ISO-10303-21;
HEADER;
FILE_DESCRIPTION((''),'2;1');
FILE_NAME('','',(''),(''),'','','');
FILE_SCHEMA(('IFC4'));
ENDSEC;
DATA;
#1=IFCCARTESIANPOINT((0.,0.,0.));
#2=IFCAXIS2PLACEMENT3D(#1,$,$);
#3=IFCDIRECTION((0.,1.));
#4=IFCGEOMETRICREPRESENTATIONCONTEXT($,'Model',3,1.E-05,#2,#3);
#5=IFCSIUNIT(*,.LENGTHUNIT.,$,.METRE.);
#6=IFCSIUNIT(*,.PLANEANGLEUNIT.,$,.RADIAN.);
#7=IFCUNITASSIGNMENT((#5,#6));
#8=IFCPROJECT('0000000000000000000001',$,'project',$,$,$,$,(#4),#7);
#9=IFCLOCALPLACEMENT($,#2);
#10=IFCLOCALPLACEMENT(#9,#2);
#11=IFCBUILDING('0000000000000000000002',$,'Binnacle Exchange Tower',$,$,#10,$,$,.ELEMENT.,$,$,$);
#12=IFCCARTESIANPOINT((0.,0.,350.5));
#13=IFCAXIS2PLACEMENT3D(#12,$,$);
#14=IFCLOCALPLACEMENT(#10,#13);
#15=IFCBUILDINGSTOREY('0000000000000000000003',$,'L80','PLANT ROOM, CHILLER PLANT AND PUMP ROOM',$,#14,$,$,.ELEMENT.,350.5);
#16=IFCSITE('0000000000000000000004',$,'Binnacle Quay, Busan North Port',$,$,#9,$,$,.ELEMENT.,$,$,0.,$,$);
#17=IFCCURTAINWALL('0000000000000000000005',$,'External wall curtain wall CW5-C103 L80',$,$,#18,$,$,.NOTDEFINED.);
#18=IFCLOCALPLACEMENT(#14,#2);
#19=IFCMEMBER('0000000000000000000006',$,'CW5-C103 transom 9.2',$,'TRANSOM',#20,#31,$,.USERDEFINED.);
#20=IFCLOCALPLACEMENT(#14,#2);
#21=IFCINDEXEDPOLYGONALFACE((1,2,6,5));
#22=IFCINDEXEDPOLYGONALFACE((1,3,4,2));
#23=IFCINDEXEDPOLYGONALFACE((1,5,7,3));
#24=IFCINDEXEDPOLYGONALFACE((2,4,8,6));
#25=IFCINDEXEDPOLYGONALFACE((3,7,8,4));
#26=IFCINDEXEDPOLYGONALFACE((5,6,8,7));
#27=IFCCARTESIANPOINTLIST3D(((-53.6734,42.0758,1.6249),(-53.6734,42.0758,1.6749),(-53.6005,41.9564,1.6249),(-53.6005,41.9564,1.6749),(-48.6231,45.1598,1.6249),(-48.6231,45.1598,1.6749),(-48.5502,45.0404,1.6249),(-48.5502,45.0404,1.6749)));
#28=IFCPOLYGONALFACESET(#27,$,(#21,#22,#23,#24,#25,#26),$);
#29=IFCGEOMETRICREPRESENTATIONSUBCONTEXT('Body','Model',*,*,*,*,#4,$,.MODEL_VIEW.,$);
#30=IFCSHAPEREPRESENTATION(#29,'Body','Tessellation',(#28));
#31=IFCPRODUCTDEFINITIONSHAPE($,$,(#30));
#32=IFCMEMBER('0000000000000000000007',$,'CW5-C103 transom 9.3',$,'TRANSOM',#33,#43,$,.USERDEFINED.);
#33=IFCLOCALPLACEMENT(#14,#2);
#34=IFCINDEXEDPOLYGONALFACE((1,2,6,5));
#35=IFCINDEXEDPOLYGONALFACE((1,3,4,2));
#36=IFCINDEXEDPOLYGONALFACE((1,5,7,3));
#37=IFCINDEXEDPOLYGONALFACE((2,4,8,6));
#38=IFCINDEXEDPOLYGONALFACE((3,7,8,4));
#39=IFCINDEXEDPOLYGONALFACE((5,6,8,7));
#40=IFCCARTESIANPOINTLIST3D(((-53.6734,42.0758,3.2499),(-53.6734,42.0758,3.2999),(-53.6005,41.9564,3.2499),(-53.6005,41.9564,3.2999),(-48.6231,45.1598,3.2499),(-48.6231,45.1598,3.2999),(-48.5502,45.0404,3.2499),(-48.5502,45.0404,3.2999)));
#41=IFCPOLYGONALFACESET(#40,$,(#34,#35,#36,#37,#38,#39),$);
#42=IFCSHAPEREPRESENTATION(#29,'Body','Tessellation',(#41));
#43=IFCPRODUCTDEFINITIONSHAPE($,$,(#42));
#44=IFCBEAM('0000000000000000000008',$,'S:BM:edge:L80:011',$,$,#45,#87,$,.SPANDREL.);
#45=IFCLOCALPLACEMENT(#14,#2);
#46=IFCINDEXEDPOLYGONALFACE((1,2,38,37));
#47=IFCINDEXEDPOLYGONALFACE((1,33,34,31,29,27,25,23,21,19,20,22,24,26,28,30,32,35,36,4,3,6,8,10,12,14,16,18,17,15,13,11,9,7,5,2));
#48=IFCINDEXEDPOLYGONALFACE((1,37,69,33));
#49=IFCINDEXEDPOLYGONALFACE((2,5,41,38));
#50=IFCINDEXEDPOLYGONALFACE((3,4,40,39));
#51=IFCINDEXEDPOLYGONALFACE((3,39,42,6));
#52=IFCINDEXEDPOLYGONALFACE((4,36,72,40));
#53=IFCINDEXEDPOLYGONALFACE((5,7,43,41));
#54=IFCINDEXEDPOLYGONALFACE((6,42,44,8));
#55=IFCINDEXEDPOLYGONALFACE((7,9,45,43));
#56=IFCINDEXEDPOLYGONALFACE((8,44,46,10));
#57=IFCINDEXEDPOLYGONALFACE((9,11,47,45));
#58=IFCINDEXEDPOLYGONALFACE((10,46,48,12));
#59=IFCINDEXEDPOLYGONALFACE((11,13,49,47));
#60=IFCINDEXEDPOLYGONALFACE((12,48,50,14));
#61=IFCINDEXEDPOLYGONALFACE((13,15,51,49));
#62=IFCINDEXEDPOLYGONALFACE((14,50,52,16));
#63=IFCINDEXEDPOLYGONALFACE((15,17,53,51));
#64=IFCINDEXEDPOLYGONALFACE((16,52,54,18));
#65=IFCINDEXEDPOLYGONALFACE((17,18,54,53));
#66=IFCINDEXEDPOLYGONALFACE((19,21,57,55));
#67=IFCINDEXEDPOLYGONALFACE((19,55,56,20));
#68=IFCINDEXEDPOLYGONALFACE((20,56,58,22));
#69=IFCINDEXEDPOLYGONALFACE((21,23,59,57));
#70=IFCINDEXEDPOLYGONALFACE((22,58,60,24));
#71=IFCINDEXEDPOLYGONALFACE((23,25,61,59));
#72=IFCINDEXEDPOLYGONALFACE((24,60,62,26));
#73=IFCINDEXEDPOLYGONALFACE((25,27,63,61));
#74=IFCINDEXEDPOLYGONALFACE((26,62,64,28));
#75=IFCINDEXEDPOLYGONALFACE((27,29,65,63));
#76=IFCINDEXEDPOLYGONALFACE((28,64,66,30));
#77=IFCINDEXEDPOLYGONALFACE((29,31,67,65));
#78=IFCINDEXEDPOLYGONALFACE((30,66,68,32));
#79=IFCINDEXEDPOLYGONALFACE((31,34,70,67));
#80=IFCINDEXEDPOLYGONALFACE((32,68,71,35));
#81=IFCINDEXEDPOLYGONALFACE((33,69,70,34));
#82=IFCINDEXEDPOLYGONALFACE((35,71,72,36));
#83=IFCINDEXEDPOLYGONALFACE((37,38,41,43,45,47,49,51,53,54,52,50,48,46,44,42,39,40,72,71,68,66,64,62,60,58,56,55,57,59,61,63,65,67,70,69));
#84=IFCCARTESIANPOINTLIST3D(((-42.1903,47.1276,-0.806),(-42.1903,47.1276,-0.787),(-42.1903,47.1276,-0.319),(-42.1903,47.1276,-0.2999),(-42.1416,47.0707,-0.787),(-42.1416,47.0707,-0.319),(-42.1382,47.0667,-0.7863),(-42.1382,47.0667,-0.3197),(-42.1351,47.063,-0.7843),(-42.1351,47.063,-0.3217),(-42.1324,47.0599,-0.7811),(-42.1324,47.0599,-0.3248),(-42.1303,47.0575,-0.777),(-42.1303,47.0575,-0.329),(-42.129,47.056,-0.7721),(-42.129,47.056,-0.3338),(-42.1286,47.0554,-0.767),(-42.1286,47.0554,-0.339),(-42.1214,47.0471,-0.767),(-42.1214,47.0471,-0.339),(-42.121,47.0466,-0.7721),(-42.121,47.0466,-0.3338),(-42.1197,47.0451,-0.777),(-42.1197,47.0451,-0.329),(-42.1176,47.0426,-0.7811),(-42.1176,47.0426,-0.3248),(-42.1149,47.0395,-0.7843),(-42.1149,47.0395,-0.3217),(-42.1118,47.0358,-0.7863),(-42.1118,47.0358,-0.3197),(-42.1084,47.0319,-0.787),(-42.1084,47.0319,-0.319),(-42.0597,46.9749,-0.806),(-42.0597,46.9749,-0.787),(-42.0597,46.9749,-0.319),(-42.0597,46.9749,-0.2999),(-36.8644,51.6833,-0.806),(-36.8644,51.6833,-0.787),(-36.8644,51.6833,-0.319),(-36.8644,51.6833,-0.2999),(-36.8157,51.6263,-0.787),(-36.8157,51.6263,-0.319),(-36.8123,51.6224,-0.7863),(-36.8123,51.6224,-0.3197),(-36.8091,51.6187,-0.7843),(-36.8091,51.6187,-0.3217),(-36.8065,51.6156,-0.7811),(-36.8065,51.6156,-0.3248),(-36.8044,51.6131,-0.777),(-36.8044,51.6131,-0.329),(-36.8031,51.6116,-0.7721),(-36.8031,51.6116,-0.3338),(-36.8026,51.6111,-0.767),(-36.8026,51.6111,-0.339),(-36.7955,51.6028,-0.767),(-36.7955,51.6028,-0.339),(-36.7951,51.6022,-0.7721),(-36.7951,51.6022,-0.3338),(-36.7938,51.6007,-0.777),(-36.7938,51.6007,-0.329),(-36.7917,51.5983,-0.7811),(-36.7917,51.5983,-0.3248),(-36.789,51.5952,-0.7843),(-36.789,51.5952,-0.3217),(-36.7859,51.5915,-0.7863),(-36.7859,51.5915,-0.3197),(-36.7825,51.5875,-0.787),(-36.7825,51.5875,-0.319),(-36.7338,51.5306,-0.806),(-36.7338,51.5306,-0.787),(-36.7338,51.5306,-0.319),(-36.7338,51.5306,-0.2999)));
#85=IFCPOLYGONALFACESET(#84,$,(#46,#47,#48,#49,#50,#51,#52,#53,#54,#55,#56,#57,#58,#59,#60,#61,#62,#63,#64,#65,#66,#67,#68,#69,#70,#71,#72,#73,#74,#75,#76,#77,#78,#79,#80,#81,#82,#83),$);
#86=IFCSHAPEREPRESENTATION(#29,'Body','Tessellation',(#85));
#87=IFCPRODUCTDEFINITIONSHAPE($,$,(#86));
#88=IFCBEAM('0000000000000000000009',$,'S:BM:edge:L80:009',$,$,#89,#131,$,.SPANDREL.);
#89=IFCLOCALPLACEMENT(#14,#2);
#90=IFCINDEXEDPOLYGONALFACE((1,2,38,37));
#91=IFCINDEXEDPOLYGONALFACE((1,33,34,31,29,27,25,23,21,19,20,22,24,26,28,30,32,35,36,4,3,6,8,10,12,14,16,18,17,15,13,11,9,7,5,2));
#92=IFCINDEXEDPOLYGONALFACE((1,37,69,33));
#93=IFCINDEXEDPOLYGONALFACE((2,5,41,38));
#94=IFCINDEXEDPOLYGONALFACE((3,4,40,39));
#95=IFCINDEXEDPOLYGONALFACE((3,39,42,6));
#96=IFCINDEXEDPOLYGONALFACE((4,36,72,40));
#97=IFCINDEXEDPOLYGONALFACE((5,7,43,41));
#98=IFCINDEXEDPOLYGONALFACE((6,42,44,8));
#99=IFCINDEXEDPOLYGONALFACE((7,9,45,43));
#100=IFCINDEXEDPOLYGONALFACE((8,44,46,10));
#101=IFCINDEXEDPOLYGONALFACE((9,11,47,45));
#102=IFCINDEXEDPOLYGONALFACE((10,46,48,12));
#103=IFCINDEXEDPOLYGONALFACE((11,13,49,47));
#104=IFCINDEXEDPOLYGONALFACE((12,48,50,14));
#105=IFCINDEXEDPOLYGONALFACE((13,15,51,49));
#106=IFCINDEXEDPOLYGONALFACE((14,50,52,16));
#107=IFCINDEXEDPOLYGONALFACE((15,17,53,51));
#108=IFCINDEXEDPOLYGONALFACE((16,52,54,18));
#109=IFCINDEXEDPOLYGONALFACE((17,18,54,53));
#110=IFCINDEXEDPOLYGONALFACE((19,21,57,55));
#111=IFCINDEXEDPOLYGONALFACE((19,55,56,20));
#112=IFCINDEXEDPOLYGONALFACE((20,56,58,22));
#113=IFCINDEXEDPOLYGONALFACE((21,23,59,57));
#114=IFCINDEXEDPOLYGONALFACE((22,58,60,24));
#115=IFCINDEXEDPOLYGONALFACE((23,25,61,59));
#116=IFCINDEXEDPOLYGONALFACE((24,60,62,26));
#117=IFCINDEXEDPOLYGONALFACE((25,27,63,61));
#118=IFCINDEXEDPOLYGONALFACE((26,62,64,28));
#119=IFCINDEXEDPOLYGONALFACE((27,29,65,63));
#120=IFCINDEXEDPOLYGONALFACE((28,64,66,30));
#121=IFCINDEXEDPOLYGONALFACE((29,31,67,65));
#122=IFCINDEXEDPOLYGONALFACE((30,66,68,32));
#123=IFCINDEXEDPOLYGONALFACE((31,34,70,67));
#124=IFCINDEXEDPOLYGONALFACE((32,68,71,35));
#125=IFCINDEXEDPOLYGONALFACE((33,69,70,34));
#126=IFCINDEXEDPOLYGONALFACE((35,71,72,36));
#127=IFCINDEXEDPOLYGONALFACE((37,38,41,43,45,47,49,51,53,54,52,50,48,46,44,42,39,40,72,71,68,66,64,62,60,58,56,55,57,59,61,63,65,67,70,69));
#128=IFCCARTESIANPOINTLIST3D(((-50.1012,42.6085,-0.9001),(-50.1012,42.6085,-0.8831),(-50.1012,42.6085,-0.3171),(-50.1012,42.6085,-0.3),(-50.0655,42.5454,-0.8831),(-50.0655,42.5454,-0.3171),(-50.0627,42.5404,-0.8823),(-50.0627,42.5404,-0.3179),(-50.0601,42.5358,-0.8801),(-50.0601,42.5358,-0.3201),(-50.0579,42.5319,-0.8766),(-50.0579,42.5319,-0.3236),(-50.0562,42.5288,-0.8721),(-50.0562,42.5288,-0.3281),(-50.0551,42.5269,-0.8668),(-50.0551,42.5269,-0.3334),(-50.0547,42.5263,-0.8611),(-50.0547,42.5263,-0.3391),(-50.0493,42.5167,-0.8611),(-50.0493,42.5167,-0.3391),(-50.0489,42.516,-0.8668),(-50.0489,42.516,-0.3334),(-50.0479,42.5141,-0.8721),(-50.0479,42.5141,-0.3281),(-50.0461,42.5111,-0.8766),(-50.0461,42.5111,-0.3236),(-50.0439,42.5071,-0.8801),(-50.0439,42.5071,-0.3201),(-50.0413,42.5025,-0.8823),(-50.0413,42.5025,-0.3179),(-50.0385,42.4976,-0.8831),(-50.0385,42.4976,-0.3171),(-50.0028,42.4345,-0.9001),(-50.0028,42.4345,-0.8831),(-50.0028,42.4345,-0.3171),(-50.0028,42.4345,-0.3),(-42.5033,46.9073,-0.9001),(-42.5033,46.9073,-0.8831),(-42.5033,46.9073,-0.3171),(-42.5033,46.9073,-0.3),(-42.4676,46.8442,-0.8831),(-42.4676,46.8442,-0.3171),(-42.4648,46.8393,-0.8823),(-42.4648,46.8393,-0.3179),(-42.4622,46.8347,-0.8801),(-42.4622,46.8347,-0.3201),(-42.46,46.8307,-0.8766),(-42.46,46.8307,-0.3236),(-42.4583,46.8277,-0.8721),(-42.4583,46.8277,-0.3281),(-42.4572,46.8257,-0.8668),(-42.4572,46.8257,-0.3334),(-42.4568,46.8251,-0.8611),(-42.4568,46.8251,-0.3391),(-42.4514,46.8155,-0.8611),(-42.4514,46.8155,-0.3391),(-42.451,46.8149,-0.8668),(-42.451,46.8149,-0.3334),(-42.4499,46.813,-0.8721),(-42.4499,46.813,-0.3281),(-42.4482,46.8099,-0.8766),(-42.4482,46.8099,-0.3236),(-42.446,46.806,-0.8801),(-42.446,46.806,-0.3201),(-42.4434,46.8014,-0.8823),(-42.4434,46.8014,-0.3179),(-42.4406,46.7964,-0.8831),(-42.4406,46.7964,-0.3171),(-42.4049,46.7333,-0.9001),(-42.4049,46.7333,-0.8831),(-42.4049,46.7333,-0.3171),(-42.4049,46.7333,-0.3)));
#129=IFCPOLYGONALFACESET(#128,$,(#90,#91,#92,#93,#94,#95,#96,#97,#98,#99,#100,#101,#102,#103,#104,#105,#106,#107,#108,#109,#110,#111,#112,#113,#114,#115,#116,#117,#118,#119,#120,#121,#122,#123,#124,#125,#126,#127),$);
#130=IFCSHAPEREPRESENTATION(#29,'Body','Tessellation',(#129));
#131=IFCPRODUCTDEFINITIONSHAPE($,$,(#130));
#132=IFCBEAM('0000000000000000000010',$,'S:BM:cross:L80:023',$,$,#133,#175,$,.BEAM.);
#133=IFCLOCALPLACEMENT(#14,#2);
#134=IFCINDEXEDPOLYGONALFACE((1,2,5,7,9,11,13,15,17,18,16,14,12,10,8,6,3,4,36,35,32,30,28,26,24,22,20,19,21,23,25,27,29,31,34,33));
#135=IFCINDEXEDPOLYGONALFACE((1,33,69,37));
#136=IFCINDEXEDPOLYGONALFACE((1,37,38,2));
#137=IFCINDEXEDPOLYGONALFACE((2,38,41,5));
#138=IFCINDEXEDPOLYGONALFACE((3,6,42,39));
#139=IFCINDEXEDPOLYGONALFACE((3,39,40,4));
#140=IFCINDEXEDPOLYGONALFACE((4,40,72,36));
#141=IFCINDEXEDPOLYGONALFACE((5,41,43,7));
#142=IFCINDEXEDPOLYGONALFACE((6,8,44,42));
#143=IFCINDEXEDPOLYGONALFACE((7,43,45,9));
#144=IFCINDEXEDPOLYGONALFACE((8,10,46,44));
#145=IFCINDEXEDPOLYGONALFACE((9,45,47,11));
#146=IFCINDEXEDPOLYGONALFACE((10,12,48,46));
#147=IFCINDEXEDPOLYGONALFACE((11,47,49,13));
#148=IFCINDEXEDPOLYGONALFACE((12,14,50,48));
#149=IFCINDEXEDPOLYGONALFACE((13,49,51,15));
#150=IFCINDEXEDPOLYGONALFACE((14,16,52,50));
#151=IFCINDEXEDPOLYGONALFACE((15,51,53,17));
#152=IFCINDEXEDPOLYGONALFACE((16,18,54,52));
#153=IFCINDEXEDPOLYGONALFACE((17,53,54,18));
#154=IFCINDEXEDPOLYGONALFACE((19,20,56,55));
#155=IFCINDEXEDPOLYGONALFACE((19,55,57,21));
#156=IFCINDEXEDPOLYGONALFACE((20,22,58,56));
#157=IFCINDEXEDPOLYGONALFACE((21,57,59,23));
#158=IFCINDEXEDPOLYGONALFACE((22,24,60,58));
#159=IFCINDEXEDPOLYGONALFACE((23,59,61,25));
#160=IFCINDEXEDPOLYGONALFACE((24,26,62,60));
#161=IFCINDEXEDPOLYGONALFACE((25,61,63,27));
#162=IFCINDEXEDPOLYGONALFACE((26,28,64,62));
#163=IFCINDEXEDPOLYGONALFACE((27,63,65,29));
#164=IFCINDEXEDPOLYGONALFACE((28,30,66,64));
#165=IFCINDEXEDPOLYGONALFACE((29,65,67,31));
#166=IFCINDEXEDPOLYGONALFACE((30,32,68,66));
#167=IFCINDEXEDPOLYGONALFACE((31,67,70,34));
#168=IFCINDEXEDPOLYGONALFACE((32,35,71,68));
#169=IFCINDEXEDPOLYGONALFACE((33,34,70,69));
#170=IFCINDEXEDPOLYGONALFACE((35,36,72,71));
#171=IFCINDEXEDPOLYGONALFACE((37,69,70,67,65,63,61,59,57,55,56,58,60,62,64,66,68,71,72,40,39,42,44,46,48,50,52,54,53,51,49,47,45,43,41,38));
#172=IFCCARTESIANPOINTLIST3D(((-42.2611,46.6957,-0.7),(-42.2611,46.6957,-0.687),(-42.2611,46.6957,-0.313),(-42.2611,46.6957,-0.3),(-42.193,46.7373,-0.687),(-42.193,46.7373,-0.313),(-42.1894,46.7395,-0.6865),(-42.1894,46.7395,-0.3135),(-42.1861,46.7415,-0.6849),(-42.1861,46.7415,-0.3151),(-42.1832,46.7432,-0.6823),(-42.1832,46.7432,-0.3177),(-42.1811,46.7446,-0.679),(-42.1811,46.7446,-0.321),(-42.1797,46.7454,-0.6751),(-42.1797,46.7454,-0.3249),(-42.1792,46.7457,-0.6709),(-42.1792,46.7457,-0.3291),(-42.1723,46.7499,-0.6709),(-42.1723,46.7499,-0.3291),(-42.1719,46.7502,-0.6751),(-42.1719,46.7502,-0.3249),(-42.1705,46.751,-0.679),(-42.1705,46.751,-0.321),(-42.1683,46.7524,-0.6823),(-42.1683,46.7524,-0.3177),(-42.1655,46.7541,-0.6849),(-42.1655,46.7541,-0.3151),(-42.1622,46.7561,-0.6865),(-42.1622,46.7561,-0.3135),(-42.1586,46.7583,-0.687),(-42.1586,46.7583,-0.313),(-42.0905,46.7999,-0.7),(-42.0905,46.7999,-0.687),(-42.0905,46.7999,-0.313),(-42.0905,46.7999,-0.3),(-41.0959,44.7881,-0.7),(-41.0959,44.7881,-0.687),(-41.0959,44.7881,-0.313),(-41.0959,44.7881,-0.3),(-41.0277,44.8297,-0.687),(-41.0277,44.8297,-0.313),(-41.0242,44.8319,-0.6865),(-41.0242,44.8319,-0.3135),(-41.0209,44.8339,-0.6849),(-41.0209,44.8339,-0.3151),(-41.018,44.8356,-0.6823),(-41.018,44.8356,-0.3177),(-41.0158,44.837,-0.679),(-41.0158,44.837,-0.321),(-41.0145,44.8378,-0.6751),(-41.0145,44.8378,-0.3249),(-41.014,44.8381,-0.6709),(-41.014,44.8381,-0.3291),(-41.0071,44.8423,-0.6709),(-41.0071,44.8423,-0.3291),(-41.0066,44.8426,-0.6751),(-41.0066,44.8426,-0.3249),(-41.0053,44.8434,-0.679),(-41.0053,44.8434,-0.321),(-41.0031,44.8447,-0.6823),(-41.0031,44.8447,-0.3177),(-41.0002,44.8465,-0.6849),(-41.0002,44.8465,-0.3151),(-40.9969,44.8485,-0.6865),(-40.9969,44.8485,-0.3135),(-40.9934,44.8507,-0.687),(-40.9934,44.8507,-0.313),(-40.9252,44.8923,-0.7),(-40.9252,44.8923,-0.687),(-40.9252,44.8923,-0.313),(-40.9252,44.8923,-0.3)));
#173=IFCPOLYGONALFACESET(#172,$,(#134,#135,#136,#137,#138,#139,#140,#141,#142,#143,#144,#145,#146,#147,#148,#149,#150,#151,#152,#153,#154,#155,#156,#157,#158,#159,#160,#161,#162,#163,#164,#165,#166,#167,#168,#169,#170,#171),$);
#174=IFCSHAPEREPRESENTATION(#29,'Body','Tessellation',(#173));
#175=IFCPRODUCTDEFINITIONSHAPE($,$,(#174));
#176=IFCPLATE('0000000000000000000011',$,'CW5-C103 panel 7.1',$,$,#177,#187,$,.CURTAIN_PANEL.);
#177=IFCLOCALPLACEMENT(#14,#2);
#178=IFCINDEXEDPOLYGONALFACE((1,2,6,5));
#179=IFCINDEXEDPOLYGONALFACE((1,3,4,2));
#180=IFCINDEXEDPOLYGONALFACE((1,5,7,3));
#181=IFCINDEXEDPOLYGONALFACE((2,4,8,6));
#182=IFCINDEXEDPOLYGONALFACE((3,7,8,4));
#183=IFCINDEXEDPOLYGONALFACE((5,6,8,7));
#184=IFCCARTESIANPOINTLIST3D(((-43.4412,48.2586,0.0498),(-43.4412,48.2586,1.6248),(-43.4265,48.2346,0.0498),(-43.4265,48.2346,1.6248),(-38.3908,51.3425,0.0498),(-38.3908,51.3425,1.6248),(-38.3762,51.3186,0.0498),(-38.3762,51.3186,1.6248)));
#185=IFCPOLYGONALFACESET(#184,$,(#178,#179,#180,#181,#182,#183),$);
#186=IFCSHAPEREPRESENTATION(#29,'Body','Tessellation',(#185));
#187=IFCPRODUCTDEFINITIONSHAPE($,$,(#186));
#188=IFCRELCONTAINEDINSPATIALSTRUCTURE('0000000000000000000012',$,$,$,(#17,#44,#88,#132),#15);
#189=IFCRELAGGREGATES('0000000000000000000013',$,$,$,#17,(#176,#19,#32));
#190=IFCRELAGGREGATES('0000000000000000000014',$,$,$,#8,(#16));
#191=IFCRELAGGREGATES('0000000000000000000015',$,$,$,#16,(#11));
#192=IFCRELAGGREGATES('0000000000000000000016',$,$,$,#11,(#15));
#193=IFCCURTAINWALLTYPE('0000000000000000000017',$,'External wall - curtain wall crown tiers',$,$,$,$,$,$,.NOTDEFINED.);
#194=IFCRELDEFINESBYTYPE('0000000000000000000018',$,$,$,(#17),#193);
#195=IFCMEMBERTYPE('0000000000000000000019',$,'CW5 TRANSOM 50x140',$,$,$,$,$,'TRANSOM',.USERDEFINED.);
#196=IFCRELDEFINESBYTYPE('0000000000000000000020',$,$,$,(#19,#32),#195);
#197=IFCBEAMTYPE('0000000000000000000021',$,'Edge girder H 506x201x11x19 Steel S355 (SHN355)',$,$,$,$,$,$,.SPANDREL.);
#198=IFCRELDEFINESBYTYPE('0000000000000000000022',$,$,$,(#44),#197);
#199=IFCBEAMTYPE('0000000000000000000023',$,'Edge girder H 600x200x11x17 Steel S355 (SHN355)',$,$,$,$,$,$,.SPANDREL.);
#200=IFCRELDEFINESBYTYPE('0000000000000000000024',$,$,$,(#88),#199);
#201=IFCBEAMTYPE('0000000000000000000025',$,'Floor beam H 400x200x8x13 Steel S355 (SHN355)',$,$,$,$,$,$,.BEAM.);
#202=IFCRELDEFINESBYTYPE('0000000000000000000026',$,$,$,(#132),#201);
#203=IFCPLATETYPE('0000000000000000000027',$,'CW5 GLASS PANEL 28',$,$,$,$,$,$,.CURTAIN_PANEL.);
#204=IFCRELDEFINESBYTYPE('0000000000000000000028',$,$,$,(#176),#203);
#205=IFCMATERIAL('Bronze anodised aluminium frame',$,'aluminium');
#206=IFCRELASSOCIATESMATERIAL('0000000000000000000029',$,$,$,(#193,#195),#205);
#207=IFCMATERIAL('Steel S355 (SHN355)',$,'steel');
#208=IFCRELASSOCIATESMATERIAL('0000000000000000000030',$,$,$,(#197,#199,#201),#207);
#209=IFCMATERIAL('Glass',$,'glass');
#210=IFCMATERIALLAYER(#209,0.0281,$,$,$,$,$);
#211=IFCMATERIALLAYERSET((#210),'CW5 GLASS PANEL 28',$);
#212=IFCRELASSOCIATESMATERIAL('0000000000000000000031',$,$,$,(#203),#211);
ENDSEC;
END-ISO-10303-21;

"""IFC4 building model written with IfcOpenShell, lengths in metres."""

from ifc_helpers import new_model, si_unit, direction, frame, origin, origin_2d, place, context, subcontext, project, spatial, rectangle, i_section, extrude, material, layer, layer_set, material_profile, profile_set, type_object, element, aggregate, save


model = new_model("IFC4")

# Units and contexts
model_context = context("Model", 3, precision=1e-05, world=origin(), true_north=direction((0.0, 1.0)))
body_context = subcontext(model_context, "Body", "Model", "MODEL_VIEW")
ifc_project = project(units=[si_unit("LENGTHUNIT", "METRE"), si_unit("PLANEANGLEUNIT", "RADIAN")], contexts=[model_context])

# Site, building, storey
site_placement = place(None, origin())
site = spatial("IfcSite", under=ifc_project, at=site_placement, Name="Binnacle Quay, Busan North Port", CompositionType="ELEMENT", RefElevation=0.0)
building_placement = place(site_placement, origin())
building = spatial("IfcBuilding", under=site, at=building_placement, Name="Binnacle Exchange Tower", CompositionType="ELEMENT")
storey_placement = place(building_placement, frame((0.0, 0.0, 350.5)))
storey = spatial("IfcBuildingStorey", under=building, at=storey_placement, Name="L80", Description="PLANT ROOM, CHILLER PLANT AND PUMP ROOM", CompositionType="ELEMENT", Elevation=350.5)

# Shared definitions
ifc_material_1 = material(Name="Steel S355 (SHN355)", Category="steel")

# Curtain wall, members
ifc_material_2 = material(Name="Bronze anodised aluminium frame", Category="aluminium")
curtain_wall_type = type_object("IfcCurtainWallType", Name="External wall - curtain wall crown tiers", PredefinedType="NOTDEFINED", material=ifc_material_2)
curtain_wall_placement = place(storey_placement, origin())
curtain_wall = element("IfcCurtainWall", 1, at=curtain_wall_placement, inside=storey, type_object=curtain_wall_type, Name="External wall curtain wall CW5-C103 L80", PredefinedType="NOTDEFINED")
ifc_material_profile_1 = material_profile(ifc_material_2, rectangle(XDim=0.1399, YDim=0.05, at=origin_2d()), Name="AL 140x50")
ifc_profile_set_1 = profile_set([ifc_material_profile_1], Name="Bronze anodised aluminium frame")
member_type_1 = type_object("IfcMemberType", Name="CW5 TRANSOM 50x140", ElementType="TRANSOM", PredefinedType="USERDEFINED", material=ifc_profile_set_1)
member_1_placement = place(storey_placement, frame((-48.5867, 45.1001, 1.6499), z_axis=(-0.853455, -0.521166, 0.0), x_axis=(0.521166, -0.853455, 0.0)))
member_1 = element("IfcMember", 2, at=member_1_placement, type_object=member_type_1, Name="CW5-C103 transom 9.2", ObjectType="TRANSOM", PredefinedType="USERDEFINED", context=body_context, shape_type="SweptSolid", body=[
    extrude(rectangle(XDim=0.1399, YDim=0.05, at=origin_2d()), origin(), (0.0, 0.0, 1.0), 5.9175),
])
member_2_placement = place(storey_placement, frame((-48.5867, 45.1001, 3.2749), z_axis=(-0.853455, -0.521166, 0.0), x_axis=(0.521166, -0.853455, 0.0)))
member_2 = element("IfcMember", 3, at=member_2_placement, type_object=member_type_1, Name="CW5-C103 transom 9.3", ObjectType="TRANSOM", PredefinedType="USERDEFINED", context=body_context, shape_type="SweptSolid", body=[
    extrude(rectangle(XDim=0.1399, YDim=0.05, at=origin_2d()), origin(), (0.0, 0.0, 1.0), 5.9175),
])

# Beams
ifc_material_profile_2 = material_profile(ifc_material_1, i_section(OverallWidth=0.2009, OverallDepth=0.5061, WebThickness=0.011, FlangeThickness=0.019, FilletRadius=0.02, at=origin_2d()), Name="H 506x201x11x19")
ifc_profile_set_2 = profile_set([ifc_material_profile_2], Name="Steel S355 (SHN355)")
beam_type_1 = type_object("IfcBeamType", Name="Edge girder H 506x201x11x19 Steel S355 (SHN355)", PredefinedType="SPANDREL", material=ifc_profile_set_2)
beam_1_placement = place(storey_placement, frame((-36.7991, 51.6069, -0.553), z_axis=(-0.75992, -0.650016, 0.0), x_axis=(0.650016, -0.75992, 0.0)))
element("IfcBeam", 4, at=beam_1_placement, inside=storey, type_object=beam_type_1, Name="S:BM:edge:L80:011", PredefinedType="SPANDREL", context=body_context, shape_type="SweptSolid", body=[
    extrude(i_section(OverallWidth=0.2009, OverallDepth=0.5061, WebThickness=0.011, FlangeThickness=0.019, FilletRadius=0.02, at=origin_2d()), origin(), (0.0, 0.0, 1.0), 7.0085),
])
ifc_material_profile_3 = material_profile(ifc_material_1, i_section(OverallWidth=0.2, OverallDepth=0.6001, WebThickness=0.011, FlangeThickness=0.0171, FilletRadius=0.022, at=origin_2d()), Name="H 600x200x11x17")
ifc_profile_set_3 = profile_set([ifc_material_profile_3], Name="Steel S355 (SHN355)")
beam_type_2 = type_object("IfcBeamType", Name="Edge girder H 600x200x11x17 Steel S355 (SHN355)", PredefinedType="SPANDREL", material=ifc_profile_set_3)
beam_2_placement = place(storey_placement, frame((-42.4541, 46.8203, -0.6001), z_axis=(-0.870349, -0.492436, 0.0), x_axis=(0.492436, -0.870349, 0.0)))
element("IfcBeam", 5, at=beam_2_placement, inside=storey, type_object=beam_type_2, Name="S:BM:edge:L80:009", PredefinedType="SPANDREL", context=body_context, shape_type="SweptSolid", body=[
    extrude(i_section(OverallWidth=0.2, OverallDepth=0.6001, WebThickness=0.011, FlangeThickness=0.0171, FilletRadius=0.022, at=origin_2d()), origin(), (0.0, 0.0, 1.0), 8.7297),
])
ifc_material_profile_4 = material_profile(ifc_material_1, i_section(OverallWidth=0.2, OverallDepth=0.3999, WebThickness=0.0081, FlangeThickness=0.0129, FilletRadius=0.0161, at=origin_2d()), Name="H 400x200x8x13")
ifc_profile_set_4 = profile_set([ifc_material_profile_4], Name="Steel S355 (SHN355)")
beam_type_3 = type_object("IfcBeamType", Name="Floor beam H 400x200x8x13 Steel S355 (SHN355)", PredefinedType="BEAM", material=ifc_profile_set_4)
beam_3_placement = place(storey_placement, frame((-42.1758, 46.7478, -0.5), z_axis=(0.521273, -0.85339, 0.0), x_axis=(0.85339, 0.521273, 0.0)))
element("IfcBeam", 6, at=beam_3_placement, inside=storey, type_object=beam_type_3, Name="S:BM:cross:L80:023", PredefinedType="BEAM", context=body_context, shape_type="SweptSolid", body=[
    extrude(i_section(OverallWidth=0.2, OverallDepth=0.3999, WebThickness=0.0081, FlangeThickness=0.0129, FilletRadius=0.0161, at=origin_2d()), origin(), (0.0, 0.0, 1.0), 2.2354),
])

# Plate
ifc_material_3 = material(Name="Glass", Category="glass")
ifc_layer_1 = layer(ifc_material_3, 0.0281)
ifc_layer_set_1 = layer_set([ifc_layer_1], Name="CW5 GLASS PANEL 28")
plate_type = type_object("IfcPlateType", Name="CW5 GLASS PANEL 28", PredefinedType="CURTAIN_PANEL", material=ifc_layer_set_1)
plate_1_placement = place(storey_placement, frame((-40.9087, 49.7886, 0.0498), z_axis=(0.0, 0.0, 1.0), x_axis=(-0.853461, -0.521157, 0.0)))
plate_1 = element("IfcPlate", 7, at=plate_1_placement, type_object=plate_type, Name="CW5-C103 panel 7.1", PredefinedType="CURTAIN_PANEL", context=body_context, shape_type="SweptSolid", body=[
    extrude(rectangle(XDim=5.9175, YDim=0.0281, at=origin_2d()), origin(), (0.0, 0.0, 1.0), 1.575),
])
aggregate(curtain_wall, [plate_1, member_1, member_2])

save(model, "model.ifc")
